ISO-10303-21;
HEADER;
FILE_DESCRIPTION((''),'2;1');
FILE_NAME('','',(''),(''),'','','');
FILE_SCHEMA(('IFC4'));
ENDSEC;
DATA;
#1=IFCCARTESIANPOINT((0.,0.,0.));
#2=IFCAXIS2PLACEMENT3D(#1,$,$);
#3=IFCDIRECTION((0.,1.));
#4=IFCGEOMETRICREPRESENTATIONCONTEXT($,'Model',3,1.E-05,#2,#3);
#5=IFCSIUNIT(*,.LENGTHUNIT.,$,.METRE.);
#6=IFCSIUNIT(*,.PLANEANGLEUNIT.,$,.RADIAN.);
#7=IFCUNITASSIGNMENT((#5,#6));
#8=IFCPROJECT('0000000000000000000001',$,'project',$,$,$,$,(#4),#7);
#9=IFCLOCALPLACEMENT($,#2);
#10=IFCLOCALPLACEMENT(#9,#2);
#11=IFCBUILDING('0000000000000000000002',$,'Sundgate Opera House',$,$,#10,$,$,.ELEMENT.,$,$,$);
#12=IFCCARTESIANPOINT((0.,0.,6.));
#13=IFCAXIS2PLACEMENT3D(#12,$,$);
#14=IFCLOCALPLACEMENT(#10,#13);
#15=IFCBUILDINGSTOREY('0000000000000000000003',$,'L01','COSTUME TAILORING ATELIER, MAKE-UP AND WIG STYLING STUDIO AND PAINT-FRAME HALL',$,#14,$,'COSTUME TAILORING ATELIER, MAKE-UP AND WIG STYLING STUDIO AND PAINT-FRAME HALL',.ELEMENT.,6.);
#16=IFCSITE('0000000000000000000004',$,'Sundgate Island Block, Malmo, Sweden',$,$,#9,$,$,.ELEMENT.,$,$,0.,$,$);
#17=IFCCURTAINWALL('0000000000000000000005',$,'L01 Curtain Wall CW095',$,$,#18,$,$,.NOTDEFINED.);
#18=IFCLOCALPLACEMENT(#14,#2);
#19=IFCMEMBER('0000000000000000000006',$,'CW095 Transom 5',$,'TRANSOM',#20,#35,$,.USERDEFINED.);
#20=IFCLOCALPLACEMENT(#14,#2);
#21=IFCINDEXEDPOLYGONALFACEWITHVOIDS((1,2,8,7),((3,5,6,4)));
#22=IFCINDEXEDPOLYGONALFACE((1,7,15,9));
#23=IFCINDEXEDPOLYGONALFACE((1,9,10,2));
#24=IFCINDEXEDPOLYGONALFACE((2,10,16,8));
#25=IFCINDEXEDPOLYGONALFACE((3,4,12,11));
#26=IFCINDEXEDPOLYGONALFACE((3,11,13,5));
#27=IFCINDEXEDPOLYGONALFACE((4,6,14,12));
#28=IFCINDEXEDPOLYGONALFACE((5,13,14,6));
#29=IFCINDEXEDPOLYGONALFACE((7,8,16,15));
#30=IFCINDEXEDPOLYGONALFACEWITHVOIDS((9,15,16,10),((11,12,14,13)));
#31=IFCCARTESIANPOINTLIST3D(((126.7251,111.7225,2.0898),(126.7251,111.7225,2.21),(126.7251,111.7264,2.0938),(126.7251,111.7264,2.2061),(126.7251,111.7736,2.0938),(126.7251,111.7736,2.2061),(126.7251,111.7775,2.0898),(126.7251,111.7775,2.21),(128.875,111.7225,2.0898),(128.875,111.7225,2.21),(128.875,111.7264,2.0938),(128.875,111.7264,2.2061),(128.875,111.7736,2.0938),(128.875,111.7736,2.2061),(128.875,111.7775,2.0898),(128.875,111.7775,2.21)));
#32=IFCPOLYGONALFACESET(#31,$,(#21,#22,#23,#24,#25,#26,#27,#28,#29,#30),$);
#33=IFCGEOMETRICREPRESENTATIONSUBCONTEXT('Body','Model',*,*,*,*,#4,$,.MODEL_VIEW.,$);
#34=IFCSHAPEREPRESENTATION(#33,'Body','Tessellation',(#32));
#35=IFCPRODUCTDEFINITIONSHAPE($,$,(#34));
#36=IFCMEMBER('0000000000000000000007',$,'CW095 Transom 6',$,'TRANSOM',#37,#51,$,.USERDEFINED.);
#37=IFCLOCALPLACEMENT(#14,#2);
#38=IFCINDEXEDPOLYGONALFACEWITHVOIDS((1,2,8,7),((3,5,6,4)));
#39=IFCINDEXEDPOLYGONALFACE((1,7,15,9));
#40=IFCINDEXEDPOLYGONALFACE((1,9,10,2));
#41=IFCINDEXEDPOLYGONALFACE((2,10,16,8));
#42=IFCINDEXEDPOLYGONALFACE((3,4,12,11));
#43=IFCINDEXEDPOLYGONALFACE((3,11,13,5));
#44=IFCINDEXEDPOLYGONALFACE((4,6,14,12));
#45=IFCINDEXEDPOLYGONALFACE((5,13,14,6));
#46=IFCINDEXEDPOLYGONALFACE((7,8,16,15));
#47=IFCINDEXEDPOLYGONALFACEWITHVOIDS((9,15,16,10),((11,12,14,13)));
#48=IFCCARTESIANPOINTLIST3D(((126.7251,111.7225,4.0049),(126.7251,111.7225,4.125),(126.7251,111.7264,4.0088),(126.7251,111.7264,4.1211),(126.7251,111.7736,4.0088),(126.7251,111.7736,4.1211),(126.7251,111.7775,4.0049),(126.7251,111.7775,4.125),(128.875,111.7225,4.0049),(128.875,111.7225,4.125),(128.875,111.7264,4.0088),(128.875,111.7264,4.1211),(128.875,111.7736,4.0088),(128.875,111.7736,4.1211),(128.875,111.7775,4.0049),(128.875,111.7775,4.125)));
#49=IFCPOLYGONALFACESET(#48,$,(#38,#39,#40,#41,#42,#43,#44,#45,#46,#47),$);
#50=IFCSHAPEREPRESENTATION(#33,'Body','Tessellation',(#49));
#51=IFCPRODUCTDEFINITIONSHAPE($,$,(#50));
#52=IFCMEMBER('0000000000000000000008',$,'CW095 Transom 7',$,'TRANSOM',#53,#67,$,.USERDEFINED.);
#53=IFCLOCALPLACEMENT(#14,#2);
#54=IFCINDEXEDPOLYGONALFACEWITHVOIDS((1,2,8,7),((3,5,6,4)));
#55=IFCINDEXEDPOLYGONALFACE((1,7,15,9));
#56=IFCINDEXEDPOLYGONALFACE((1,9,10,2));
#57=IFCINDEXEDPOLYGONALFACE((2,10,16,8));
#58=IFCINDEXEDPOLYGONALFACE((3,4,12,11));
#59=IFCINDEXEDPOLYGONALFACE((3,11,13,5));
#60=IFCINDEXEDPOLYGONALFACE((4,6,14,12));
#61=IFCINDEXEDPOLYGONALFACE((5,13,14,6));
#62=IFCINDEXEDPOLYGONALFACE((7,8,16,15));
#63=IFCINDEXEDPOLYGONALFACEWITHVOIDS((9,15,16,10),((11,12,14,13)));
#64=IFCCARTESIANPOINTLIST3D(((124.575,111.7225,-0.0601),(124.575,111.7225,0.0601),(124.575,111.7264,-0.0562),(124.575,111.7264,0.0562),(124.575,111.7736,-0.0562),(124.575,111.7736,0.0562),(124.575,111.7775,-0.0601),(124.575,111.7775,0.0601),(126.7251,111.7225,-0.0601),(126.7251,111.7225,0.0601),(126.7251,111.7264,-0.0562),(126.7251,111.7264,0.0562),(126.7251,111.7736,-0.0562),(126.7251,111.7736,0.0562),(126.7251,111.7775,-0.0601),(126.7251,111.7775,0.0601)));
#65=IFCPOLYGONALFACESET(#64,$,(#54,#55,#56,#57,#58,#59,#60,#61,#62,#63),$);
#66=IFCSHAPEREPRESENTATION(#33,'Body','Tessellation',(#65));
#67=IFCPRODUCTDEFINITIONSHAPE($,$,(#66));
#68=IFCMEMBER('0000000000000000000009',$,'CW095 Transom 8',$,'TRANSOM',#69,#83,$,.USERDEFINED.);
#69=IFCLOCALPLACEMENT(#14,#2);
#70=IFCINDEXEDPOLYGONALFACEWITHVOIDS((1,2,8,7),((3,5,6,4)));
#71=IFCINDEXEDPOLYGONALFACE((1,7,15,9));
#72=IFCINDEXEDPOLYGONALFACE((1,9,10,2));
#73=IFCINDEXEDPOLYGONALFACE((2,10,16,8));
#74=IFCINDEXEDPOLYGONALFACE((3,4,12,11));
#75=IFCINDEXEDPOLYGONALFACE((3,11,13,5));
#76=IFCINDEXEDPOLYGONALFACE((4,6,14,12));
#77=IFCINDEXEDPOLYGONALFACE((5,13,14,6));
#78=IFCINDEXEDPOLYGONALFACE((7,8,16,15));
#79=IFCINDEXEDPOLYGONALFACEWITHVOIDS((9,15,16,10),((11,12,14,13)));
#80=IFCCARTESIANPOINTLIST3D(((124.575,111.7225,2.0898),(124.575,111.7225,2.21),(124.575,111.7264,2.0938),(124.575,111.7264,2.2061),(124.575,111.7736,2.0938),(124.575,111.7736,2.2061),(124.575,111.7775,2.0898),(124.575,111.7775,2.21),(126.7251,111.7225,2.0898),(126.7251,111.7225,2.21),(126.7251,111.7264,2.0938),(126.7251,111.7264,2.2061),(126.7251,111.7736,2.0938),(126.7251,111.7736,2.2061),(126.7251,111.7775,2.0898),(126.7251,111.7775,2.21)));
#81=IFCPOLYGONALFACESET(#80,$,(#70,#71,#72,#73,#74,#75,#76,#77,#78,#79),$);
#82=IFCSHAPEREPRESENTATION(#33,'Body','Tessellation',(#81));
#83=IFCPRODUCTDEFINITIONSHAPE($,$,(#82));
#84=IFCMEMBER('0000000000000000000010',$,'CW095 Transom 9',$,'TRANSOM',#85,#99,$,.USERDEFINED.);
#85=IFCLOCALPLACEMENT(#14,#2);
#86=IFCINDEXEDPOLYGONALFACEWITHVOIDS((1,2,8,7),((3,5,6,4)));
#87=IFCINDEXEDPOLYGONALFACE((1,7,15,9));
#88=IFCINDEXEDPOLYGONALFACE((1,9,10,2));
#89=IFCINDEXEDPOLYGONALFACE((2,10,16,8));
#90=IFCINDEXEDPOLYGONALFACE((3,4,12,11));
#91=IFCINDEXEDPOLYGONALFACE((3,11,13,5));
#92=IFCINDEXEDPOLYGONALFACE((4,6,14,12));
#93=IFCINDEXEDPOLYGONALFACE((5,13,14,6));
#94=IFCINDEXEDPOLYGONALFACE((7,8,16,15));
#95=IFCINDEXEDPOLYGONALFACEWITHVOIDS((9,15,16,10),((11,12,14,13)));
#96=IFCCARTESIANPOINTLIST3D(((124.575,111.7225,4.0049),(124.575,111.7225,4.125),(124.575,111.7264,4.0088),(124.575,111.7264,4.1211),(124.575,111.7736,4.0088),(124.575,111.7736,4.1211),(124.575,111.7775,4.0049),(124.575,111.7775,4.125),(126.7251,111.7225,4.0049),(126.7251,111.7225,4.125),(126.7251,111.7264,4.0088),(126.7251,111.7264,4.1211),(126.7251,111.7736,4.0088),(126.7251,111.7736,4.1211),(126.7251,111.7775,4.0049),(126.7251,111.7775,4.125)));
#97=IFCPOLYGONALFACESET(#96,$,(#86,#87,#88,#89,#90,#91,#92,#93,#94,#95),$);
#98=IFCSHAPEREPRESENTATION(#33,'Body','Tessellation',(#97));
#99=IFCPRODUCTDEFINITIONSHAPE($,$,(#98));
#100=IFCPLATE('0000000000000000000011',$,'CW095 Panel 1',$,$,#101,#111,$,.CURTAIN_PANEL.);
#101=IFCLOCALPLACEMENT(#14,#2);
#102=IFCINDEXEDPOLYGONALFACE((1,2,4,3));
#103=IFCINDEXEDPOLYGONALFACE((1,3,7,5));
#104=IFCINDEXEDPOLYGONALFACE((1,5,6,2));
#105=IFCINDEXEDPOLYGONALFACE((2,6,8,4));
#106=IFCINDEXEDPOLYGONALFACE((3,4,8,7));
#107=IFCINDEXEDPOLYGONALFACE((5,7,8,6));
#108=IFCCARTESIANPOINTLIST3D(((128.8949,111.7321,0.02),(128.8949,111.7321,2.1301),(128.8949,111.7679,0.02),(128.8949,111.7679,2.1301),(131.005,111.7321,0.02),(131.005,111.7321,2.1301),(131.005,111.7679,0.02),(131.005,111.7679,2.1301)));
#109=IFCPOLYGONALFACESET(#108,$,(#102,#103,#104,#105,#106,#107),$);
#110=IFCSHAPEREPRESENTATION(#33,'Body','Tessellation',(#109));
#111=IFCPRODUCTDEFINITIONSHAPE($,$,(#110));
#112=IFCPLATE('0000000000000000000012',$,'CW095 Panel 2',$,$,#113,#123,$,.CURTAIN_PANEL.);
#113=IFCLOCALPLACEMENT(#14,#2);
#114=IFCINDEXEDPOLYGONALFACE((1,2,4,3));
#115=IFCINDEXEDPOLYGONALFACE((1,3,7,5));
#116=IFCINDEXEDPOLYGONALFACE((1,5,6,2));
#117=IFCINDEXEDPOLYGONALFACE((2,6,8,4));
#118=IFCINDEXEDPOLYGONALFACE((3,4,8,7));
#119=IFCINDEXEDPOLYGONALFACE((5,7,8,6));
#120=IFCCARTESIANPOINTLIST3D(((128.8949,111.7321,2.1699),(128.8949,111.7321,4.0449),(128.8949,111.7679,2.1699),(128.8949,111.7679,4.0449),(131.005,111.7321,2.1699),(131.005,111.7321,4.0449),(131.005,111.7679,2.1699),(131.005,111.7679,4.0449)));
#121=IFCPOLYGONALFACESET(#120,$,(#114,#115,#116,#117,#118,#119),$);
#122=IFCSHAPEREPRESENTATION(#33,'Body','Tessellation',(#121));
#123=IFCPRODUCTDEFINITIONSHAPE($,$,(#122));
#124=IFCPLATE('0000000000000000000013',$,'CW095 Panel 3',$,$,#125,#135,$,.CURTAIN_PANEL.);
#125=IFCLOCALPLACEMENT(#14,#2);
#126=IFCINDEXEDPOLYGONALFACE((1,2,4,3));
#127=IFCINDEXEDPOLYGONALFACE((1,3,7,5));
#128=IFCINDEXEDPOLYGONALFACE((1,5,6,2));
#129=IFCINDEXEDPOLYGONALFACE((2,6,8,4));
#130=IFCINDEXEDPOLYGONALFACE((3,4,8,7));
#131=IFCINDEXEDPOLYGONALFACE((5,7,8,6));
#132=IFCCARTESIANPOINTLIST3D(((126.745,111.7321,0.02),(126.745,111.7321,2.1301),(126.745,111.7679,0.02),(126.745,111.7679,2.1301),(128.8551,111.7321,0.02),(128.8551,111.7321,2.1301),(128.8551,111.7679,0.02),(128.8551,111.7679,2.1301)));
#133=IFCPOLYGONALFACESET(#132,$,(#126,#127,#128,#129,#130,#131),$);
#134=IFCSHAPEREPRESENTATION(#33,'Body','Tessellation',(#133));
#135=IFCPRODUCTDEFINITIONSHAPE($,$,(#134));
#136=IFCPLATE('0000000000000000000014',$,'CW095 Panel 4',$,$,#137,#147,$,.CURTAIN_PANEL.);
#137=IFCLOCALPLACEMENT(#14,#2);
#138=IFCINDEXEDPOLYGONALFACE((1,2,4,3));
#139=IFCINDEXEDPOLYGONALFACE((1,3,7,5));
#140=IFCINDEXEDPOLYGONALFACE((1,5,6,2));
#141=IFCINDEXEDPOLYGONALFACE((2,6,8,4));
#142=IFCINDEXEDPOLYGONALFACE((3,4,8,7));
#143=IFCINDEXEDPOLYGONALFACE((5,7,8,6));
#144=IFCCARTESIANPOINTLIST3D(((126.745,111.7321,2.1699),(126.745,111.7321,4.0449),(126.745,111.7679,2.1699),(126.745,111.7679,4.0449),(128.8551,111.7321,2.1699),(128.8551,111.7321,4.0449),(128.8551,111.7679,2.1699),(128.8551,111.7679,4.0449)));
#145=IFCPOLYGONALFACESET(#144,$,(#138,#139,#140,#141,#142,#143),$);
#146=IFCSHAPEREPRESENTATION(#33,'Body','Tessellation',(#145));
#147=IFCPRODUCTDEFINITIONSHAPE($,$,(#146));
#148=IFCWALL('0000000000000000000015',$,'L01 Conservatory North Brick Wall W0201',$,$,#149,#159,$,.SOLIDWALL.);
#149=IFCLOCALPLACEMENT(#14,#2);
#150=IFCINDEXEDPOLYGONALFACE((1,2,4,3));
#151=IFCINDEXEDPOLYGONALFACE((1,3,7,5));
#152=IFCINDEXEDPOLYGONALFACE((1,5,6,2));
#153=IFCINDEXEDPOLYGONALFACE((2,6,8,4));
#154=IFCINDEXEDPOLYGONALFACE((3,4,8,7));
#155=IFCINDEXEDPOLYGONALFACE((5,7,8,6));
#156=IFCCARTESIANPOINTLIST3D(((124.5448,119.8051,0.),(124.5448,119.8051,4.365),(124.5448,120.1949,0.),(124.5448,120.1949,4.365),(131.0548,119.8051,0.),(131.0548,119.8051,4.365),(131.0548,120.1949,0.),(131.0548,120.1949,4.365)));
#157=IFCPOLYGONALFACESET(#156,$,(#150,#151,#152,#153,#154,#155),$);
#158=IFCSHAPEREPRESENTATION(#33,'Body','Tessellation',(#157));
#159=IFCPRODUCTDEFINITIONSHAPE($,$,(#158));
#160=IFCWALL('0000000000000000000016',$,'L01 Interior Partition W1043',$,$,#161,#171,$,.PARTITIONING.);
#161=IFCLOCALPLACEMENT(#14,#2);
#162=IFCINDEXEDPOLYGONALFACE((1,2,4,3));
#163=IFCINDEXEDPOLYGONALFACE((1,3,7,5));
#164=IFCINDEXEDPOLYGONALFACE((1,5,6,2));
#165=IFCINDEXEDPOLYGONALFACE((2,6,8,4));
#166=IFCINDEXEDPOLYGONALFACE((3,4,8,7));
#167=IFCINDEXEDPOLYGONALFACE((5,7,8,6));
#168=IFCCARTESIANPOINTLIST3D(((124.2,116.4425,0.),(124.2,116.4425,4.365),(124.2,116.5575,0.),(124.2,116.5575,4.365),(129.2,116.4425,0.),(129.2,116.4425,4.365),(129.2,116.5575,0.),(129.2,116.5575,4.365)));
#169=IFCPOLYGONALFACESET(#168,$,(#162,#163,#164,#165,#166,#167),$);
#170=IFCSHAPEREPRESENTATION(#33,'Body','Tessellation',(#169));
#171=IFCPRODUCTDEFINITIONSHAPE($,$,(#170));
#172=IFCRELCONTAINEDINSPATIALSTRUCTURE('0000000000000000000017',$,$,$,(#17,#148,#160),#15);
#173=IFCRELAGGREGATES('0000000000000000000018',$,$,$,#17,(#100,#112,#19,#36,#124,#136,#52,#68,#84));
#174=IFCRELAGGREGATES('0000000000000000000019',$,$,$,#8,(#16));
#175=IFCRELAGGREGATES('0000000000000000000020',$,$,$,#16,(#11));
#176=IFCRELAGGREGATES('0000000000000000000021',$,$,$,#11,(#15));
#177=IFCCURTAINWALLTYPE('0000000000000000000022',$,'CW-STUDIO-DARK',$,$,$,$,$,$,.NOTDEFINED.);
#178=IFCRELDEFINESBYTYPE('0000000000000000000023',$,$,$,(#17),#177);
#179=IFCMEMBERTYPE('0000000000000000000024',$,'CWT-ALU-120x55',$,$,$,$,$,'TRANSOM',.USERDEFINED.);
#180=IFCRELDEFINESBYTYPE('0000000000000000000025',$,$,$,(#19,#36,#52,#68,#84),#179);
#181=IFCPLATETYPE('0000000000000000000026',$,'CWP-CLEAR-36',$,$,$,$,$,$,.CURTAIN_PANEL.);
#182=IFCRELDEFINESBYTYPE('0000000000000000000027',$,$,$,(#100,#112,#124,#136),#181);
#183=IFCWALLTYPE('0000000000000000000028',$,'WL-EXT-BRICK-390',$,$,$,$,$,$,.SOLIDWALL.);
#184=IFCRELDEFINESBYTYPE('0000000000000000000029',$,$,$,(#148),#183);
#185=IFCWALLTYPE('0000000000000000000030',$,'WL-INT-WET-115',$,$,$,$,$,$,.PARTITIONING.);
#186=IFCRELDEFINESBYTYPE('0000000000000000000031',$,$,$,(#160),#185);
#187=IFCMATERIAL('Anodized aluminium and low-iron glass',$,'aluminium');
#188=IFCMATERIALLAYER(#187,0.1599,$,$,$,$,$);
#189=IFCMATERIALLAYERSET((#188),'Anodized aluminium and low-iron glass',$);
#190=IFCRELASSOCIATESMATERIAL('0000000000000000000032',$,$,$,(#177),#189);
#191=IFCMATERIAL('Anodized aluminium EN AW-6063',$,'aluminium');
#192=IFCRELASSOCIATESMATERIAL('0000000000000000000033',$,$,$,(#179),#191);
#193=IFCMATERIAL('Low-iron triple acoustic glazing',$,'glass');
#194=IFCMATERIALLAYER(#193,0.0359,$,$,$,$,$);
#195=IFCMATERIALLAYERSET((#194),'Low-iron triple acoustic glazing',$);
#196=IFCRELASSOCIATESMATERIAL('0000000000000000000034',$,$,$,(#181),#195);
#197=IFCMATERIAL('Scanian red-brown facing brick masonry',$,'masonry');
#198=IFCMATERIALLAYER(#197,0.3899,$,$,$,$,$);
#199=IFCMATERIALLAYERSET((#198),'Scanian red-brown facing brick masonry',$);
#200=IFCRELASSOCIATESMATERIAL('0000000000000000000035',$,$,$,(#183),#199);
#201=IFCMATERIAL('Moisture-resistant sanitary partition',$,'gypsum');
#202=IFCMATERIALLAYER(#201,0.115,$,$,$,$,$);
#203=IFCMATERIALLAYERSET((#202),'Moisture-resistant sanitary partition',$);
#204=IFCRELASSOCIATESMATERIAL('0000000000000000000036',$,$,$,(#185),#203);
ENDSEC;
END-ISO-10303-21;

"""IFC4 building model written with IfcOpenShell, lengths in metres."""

from ifc_helpers import new_model, si_unit, direction, frame, frame_2d, origin, origin_2d, place, context, subcontext, project, spatial, rectangle, hollow_rectangle, extrude, material, layer, layer_set, material_profile, profile_set, type_object, element, aggregate, save


model = new_model("IFC4")

# Units and contexts
model_context = context("Model", 3, precision=1e-05, world=origin(), true_north=direction((0.0, 1.0)))
body_context = subcontext(model_context, "Body", "Model", "MODEL_VIEW")
ifc_project = project(units=[si_unit("LENGTHUNIT", "METRE"), si_unit("PLANEANGLEUNIT", "RADIAN")], contexts=[model_context])

# Site, building, storey
site_placement = place(None, origin())
site = spatial("IfcSite", under=ifc_project, at=site_placement, Name="Sundgate Island Block, Malmo, Sweden", CompositionType="ELEMENT", RefElevation=0.0)
building_placement = place(site_placement, origin())
building = spatial("IfcBuilding", under=site, at=building_placement, Name="Sundgate Opera House", CompositionType="ELEMENT")
storey_placement = place(building_placement, frame((0.0, 0.0, 6.0)))
storey = spatial("IfcBuildingStorey", under=building, at=storey_placement, Name="L01", Description="COSTUME TAILORING ATELIER, MAKE-UP AND WIG STYLING STUDIO AND PAINT-FRAME HALL", LongName="COSTUME TAILORING ATELIER, MAKE-UP AND WIG STYLING STUDIO AND PAINT-FRAME HALL", CompositionType="ELEMENT", Elevation=6.0)

# Curtain wall, members, plates
ifc_material_1 = material(Name="Anodized aluminium and low-iron glass", Category="aluminium")
ifc_layer_1 = layer(ifc_material_1, 0.1599)
ifc_layer_set_1 = layer_set([ifc_layer_1], Name="Anodized aluminium and low-iron glass")
curtain_wall_type = type_object("IfcCurtainWallType", Name="CW-STUDIO-DARK", PredefinedType="NOTDEFINED", material=ifc_layer_set_1)
curtain_wall_placement = place(storey_placement, origin())
curtain_wall = element("IfcCurtainWall", 1, at=curtain_wall_placement, inside=storey, type_object=curtain_wall_type, Name="L01 Curtain Wall CW095", PredefinedType="NOTDEFINED")
ifc_material_2 = material(Name="Anodized aluminium EN AW-6063", Category="aluminium")
ifc_material_profile_1 = material_profile(ifc_material_2, hollow_rectangle(XDim=0.0549, YDim=0.1201, WallThickness=0.0039, at=origin_2d()), Name="CWT 120x55x4")
ifc_profile_set_1 = profile_set([ifc_material_profile_1], Name="Anodized aluminium EN AW-6063")
member_type_1 = type_object("IfcMemberType", Name="CWT-ALU-120x55", ElementType="TRANSOM", PredefinedType="USERDEFINED", material=ifc_profile_set_1)
member_1_placement = place(storey_placement, frame((128.875, 111.75, 2.1499), z_axis=(-1.0, 0.0, 0.0), x_axis=(0.0, -1.0, 0.0)))
member_1 = element("IfcMember", 2, at=member_1_placement, type_object=member_type_1, Name="CW095 Transom 5", ObjectType="TRANSOM", PredefinedType="USERDEFINED", context=body_context, shape_type="SweptSolid", body=[
    extrude(hollow_rectangle(XDim=0.0549, YDim=0.1201, WallThickness=0.0039, at=origin_2d()), origin(), (0.0, 0.0, 1.0), 2.1499),
])
member_2_placement = place(storey_placement, frame((128.875, 111.75, 4.0649), z_axis=(-1.0, 0.0, 0.0), x_axis=(0.0, -1.0, 0.0)))
member_2 = element("IfcMember", 3, at=member_2_placement, type_object=member_type_1, Name="CW095 Transom 6", ObjectType="TRANSOM", PredefinedType="USERDEFINED", context=body_context, shape_type="SweptSolid", body=[
    extrude(hollow_rectangle(XDim=0.0549, YDim=0.1201, WallThickness=0.0039, at=origin_2d()), origin(), (0.0, 0.0, 1.0), 2.1499),
])
member_3_placement = place(storey_placement, frame((126.7251, 111.75, 0.0), z_axis=(-1.0, 0.0, 0.0), x_axis=(0.0, -1.0, 0.0)))
member_3 = element("IfcMember", 4, at=member_3_placement, type_object=member_type_1, Name="CW095 Transom 7", ObjectType="TRANSOM", PredefinedType="USERDEFINED", context=body_context, shape_type="SweptSolid", body=[
    extrude(hollow_rectangle(XDim=0.0549, YDim=0.1201, WallThickness=0.0039, at=origin_2d()), origin(), (0.0, 0.0, 1.0), 2.1501),
])
member_4_placement = place(storey_placement, frame((126.7251, 111.75, 2.1499), z_axis=(-1.0, 0.0, 0.0), x_axis=(0.0, -1.0, 0.0)))
member_4 = element("IfcMember", 5, at=member_4_placement, type_object=member_type_1, Name="CW095 Transom 8", ObjectType="TRANSOM", PredefinedType="USERDEFINED", context=body_context, shape_type="SweptSolid", body=[
    extrude(hollow_rectangle(XDim=0.0549, YDim=0.1201, WallThickness=0.0039, at=origin_2d()), origin(), (0.0, 0.0, 1.0), 2.1501),
])
member_5_placement = place(storey_placement, frame((126.7251, 111.75, 4.0649), z_axis=(-1.0, 0.0, 0.0), x_axis=(0.0, -1.0, 0.0)))
member_5 = element("IfcMember", 6, at=member_5_placement, type_object=member_type_1, Name="CW095 Transom 9", ObjectType="TRANSOM", PredefinedType="USERDEFINED", context=body_context, shape_type="SweptSolid", body=[
    extrude(hollow_rectangle(XDim=0.0549, YDim=0.1201, WallThickness=0.0039, at=origin_2d()), origin(), (0.0, 0.0, 1.0), 2.1501),
])
ifc_material_3 = material(Name="Low-iron triple acoustic glazing", Category="glass")
ifc_layer_2 = layer(ifc_material_3, 0.0359)
ifc_layer_set_2 = layer_set([ifc_layer_2], Name="Low-iron triple acoustic glazing")
plate_type = type_object("IfcPlateType", Name="CWP-CLEAR-36", PredefinedType="CURTAIN_PANEL", material=ifc_layer_set_2)
plate_1_placement = place(storey_placement, frame((129.95, 111.75, 0.02), z_axis=(0.0, 0.0, 1.0), x_axis=(-1.0, 0.0, 0.0)))
plate_1 = element("IfcPlate", 7, at=plate_1_placement, type_object=plate_type, Name="CW095 Panel 1", PredefinedType="CURTAIN_PANEL", context=body_context, shape_type="SweptSolid", body=[
    extrude(rectangle(XDim=2.1101, YDim=0.0359, at=origin_2d()), origin(), (0.0, 0.0, 1.0), 2.1101),
])
plate_2_placement = place(storey_placement, frame((129.95, 111.75, 2.1699), z_axis=(0.0, 0.0, 1.0), x_axis=(-1.0, 0.0, 0.0)))
plate_2 = element("IfcPlate", 8, at=plate_2_placement, type_object=plate_type, Name="CW095 Panel 2", PredefinedType="CURTAIN_PANEL", context=body_context, shape_type="SweptSolid", body=[
    extrude(rectangle(XDim=2.1101, YDim=0.0359, at=origin_2d()), origin(), (0.0, 0.0, 1.0), 1.875),
])
plate_3_placement = place(storey_placement, frame((127.8, 111.75, 0.02), z_axis=(0.0, 0.0, 1.0), x_axis=(-1.0, 0.0, 0.0)))
plate_3 = element("IfcPlate", 9, at=plate_3_placement, type_object=plate_type, Name="CW095 Panel 3", PredefinedType="CURTAIN_PANEL", context=body_context, shape_type="SweptSolid", body=[
    extrude(rectangle(XDim=2.1101, YDim=0.0359, at=origin_2d()), origin(), (0.0, 0.0, 1.0), 2.1101),
])
plate_4_placement = place(storey_placement, frame((127.8, 111.75, 2.1699), z_axis=(0.0, 0.0, 1.0), x_axis=(-1.0, 0.0, 0.0)))
plate_4 = element("IfcPlate", 10, at=plate_4_placement, type_object=plate_type, Name="CW095 Panel 4", PredefinedType="CURTAIN_PANEL", context=body_context, shape_type="SweptSolid", body=[
    extrude(rectangle(XDim=2.1101, YDim=0.0359, at=origin_2d()), origin(), (0.0, 0.0, 1.0), 1.875),
])
aggregate(curtain_wall, [plate_1, plate_2, member_1, member_2, plate_3, plate_4, member_3, member_4, member_5])

# Walls
ifc_material_4 = material(Name="Scanian red-brown facing brick masonry", Category="masonry")
ifc_layer_3 = layer(ifc_material_4, 0.3899)
ifc_layer_set_3 = layer_set([ifc_layer_3], Name="Scanian red-brown facing brick masonry")
wall_type_1 = type_object("IfcWallType", Name="WL-EXT-BRICK-390", PredefinedType="SOLIDWALL", material=ifc_layer_set_3)
wall_1_placement = place(storey_placement, frame((124.5449, 120.0, 0.0), z_axis=(0.0, 0.0, 1.0), x_axis=(1.0, 0.0, 0.0)))
element("IfcWall", 11, at=wall_1_placement, inside=storey, type_object=wall_type_1, Name="L01 Conservatory North Brick Wall W0201", PredefinedType="SOLIDWALL", context=body_context, shape_type="SweptSolid", body=[
    extrude(rectangle(XDim=6.51, YDim=0.3899, at=frame_2d((3.2549, 0.0))), origin(), (0.0, 0.0, 1.0), 4.365),
])
ifc_material_5 = material(Name="Moisture-resistant sanitary partition", Category="gypsum")
ifc_layer_4 = layer(ifc_material_5, 0.115)
ifc_layer_set_4 = layer_set([ifc_layer_4], Name="Moisture-resistant sanitary partition")
wall_type_2 = type_object("IfcWallType", Name="WL-INT-WET-115", PredefinedType="PARTITIONING", material=ifc_layer_set_4)
wall_2_placement = place(storey_placement, frame((124.2, 116.5, 0.0), z_axis=(0.0, 0.0, 1.0), x_axis=(1.0, 0.0, 0.0)))
element("IfcWall", 12, at=wall_2_placement, inside=storey, type_object=wall_type_2, Name="L01 Interior Partition W1043", PredefinedType="PARTITIONING", context=body_context, shape_type="SweptSolid", body=[
    extrude(rectangle(XDim=5.0, YDim=0.115, at=frame_2d((2.5, 0.0))), origin(), (0.0, 0.0, 1.0), 4.365),
])

save(model, "model.ifc")
